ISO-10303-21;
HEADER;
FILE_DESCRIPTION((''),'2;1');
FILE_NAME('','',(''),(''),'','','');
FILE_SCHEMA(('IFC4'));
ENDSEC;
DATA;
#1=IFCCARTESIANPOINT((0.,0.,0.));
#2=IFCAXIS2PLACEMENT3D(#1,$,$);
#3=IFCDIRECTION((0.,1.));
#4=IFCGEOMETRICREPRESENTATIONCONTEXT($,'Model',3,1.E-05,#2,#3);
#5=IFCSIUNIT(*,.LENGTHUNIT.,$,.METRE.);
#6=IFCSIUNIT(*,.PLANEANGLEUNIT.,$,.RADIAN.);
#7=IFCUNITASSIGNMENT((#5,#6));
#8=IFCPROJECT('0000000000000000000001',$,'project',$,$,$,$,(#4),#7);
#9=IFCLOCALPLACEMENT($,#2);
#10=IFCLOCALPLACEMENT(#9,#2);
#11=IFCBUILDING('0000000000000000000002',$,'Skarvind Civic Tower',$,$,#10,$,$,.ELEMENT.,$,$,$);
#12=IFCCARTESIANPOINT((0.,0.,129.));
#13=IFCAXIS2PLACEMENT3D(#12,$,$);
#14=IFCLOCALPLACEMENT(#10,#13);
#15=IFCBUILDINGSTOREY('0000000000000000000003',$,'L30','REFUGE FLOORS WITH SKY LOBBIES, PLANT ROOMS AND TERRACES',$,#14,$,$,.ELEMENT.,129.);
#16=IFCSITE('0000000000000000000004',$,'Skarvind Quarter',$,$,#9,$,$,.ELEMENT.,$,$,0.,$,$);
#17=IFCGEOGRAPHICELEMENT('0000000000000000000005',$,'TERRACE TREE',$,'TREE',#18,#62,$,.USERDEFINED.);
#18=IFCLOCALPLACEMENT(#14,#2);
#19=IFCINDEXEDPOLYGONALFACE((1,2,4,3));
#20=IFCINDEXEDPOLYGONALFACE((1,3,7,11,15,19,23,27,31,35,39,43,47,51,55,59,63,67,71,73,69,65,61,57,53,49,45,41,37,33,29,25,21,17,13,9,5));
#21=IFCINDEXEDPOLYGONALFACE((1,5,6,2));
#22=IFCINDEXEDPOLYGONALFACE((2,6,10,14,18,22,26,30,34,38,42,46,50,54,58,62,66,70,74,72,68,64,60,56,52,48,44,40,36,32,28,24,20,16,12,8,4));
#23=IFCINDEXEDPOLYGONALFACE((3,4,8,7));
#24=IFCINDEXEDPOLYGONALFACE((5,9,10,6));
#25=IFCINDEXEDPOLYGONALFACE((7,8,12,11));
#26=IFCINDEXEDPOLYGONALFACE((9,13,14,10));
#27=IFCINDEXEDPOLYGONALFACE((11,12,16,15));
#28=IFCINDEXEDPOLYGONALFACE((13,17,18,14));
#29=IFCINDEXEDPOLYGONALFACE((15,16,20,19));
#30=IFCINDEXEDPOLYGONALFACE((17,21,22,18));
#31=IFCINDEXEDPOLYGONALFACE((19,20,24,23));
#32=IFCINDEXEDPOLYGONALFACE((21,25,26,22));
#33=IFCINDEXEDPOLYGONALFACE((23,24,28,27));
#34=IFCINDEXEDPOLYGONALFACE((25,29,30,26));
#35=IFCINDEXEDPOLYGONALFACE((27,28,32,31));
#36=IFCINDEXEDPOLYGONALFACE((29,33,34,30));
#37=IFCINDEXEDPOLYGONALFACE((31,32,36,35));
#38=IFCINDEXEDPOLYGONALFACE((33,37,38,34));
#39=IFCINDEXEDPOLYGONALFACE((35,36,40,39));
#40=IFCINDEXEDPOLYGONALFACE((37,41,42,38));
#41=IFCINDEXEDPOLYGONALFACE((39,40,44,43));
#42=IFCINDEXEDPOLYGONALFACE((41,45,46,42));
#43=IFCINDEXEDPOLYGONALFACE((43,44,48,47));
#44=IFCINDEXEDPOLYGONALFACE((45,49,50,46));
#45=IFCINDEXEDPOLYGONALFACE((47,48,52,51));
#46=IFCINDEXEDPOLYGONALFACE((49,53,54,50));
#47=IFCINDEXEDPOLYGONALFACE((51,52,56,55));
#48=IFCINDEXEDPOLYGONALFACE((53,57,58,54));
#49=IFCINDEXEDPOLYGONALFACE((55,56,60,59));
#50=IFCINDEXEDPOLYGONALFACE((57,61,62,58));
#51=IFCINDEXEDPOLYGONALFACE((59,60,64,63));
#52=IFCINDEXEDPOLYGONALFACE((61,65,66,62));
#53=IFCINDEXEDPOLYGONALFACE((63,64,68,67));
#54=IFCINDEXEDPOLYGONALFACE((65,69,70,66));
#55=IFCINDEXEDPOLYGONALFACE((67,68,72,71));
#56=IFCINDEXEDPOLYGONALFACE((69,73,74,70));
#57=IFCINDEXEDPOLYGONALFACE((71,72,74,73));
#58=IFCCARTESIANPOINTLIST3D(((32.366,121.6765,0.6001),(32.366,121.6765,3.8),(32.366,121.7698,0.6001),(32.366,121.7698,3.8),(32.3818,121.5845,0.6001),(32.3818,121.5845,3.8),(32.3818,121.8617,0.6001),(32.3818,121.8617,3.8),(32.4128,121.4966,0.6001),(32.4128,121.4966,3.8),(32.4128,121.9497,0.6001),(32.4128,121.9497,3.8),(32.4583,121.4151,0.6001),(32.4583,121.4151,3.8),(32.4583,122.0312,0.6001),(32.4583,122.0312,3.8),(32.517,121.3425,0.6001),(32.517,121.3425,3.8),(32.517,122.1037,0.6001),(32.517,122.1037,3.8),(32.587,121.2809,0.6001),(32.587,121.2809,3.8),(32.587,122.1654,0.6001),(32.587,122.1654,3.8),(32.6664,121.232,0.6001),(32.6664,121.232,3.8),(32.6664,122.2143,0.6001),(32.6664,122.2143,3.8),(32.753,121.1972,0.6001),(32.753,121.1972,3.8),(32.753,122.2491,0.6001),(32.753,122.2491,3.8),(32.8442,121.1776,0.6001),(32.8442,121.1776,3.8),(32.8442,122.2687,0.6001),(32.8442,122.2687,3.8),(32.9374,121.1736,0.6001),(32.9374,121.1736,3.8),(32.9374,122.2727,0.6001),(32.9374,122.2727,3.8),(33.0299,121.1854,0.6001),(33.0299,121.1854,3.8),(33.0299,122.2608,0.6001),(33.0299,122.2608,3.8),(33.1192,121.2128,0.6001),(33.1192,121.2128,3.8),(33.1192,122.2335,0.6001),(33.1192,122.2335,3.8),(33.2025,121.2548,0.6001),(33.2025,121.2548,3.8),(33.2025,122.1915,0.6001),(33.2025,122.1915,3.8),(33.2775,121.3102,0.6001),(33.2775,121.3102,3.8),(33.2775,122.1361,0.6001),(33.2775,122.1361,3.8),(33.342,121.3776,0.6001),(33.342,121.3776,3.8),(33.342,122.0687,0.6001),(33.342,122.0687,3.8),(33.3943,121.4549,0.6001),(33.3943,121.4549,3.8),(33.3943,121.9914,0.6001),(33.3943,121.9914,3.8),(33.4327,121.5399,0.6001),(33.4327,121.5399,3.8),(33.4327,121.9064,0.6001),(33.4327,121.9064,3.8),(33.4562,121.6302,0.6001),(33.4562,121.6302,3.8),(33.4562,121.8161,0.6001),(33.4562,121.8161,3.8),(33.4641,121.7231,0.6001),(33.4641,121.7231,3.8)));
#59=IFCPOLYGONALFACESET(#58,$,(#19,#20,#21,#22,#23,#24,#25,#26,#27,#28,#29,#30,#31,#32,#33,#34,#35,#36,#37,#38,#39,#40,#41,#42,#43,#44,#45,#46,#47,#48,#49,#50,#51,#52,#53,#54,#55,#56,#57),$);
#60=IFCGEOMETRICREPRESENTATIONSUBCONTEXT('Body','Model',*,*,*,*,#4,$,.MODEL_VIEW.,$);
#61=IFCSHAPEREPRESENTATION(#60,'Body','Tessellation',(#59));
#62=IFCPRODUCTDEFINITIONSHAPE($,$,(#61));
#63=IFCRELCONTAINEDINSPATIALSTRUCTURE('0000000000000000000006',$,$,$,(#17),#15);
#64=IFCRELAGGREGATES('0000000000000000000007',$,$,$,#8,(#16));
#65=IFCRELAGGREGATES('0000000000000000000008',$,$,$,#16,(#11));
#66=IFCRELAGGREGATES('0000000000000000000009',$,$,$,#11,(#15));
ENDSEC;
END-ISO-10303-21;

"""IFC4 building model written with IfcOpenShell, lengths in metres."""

from ifc_helpers import new_model, si_unit, direction, frame, origin, origin_2d, place, context, subcontext, project, spatial, circle, extrude, element, save


model = new_model("IFC4")

# Units and contexts
model_context = context("Model", 3, precision=1e-05, world=origin(), true_north=direction((0.0, 1.0)))
body_context = subcontext(model_context, "Body", "Model", "MODEL_VIEW")
ifc_project = project(units=[si_unit("LENGTHUNIT", "METRE"), si_unit("PLANEANGLEUNIT", "RADIAN")], contexts=[model_context])

# Site, building, storey
site_placement = place(None, origin())
site = spatial("IfcSite", under=ifc_project, at=site_placement, Name="Skarvind Quarter", CompositionType="ELEMENT", RefElevation=0.0)
building_placement = place(site_placement, origin())
building = spatial("IfcBuilding", under=site, at=building_placement, Name="Skarvind Civic Tower", CompositionType="ELEMENT")
storey_placement = place(building_placement, frame((0.0, 0.0, 129.0)))
storey = spatial("IfcBuildingStorey", under=building, at=storey_placement, Name="L30", Description="REFUGE FLOORS WITH SKY LOBBIES, PLANT ROOMS AND TERRACES", CompositionType="ELEMENT", Elevation=129.0)

# Geographic element
geographic_element_placement = place(storey_placement, frame((32.9141, 121.7231, 0.6001), z_axis=(0.0, 0.0, 1.0), x_axis=(1.0, 0.0, 0.0)))
element("IfcGeographicElement", 1, at=geographic_element_placement, inside=storey, Name="TERRACE TREE", ObjectType="TREE", PredefinedType="USERDEFINED", context=body_context, shape_type="SweptSolid", body=[
    extrude(circle(Radius=0.55, at=origin_2d()), origin(), (0.0, 0.0, 1.0), 3.2),
])

save(model, "model.ifc")
